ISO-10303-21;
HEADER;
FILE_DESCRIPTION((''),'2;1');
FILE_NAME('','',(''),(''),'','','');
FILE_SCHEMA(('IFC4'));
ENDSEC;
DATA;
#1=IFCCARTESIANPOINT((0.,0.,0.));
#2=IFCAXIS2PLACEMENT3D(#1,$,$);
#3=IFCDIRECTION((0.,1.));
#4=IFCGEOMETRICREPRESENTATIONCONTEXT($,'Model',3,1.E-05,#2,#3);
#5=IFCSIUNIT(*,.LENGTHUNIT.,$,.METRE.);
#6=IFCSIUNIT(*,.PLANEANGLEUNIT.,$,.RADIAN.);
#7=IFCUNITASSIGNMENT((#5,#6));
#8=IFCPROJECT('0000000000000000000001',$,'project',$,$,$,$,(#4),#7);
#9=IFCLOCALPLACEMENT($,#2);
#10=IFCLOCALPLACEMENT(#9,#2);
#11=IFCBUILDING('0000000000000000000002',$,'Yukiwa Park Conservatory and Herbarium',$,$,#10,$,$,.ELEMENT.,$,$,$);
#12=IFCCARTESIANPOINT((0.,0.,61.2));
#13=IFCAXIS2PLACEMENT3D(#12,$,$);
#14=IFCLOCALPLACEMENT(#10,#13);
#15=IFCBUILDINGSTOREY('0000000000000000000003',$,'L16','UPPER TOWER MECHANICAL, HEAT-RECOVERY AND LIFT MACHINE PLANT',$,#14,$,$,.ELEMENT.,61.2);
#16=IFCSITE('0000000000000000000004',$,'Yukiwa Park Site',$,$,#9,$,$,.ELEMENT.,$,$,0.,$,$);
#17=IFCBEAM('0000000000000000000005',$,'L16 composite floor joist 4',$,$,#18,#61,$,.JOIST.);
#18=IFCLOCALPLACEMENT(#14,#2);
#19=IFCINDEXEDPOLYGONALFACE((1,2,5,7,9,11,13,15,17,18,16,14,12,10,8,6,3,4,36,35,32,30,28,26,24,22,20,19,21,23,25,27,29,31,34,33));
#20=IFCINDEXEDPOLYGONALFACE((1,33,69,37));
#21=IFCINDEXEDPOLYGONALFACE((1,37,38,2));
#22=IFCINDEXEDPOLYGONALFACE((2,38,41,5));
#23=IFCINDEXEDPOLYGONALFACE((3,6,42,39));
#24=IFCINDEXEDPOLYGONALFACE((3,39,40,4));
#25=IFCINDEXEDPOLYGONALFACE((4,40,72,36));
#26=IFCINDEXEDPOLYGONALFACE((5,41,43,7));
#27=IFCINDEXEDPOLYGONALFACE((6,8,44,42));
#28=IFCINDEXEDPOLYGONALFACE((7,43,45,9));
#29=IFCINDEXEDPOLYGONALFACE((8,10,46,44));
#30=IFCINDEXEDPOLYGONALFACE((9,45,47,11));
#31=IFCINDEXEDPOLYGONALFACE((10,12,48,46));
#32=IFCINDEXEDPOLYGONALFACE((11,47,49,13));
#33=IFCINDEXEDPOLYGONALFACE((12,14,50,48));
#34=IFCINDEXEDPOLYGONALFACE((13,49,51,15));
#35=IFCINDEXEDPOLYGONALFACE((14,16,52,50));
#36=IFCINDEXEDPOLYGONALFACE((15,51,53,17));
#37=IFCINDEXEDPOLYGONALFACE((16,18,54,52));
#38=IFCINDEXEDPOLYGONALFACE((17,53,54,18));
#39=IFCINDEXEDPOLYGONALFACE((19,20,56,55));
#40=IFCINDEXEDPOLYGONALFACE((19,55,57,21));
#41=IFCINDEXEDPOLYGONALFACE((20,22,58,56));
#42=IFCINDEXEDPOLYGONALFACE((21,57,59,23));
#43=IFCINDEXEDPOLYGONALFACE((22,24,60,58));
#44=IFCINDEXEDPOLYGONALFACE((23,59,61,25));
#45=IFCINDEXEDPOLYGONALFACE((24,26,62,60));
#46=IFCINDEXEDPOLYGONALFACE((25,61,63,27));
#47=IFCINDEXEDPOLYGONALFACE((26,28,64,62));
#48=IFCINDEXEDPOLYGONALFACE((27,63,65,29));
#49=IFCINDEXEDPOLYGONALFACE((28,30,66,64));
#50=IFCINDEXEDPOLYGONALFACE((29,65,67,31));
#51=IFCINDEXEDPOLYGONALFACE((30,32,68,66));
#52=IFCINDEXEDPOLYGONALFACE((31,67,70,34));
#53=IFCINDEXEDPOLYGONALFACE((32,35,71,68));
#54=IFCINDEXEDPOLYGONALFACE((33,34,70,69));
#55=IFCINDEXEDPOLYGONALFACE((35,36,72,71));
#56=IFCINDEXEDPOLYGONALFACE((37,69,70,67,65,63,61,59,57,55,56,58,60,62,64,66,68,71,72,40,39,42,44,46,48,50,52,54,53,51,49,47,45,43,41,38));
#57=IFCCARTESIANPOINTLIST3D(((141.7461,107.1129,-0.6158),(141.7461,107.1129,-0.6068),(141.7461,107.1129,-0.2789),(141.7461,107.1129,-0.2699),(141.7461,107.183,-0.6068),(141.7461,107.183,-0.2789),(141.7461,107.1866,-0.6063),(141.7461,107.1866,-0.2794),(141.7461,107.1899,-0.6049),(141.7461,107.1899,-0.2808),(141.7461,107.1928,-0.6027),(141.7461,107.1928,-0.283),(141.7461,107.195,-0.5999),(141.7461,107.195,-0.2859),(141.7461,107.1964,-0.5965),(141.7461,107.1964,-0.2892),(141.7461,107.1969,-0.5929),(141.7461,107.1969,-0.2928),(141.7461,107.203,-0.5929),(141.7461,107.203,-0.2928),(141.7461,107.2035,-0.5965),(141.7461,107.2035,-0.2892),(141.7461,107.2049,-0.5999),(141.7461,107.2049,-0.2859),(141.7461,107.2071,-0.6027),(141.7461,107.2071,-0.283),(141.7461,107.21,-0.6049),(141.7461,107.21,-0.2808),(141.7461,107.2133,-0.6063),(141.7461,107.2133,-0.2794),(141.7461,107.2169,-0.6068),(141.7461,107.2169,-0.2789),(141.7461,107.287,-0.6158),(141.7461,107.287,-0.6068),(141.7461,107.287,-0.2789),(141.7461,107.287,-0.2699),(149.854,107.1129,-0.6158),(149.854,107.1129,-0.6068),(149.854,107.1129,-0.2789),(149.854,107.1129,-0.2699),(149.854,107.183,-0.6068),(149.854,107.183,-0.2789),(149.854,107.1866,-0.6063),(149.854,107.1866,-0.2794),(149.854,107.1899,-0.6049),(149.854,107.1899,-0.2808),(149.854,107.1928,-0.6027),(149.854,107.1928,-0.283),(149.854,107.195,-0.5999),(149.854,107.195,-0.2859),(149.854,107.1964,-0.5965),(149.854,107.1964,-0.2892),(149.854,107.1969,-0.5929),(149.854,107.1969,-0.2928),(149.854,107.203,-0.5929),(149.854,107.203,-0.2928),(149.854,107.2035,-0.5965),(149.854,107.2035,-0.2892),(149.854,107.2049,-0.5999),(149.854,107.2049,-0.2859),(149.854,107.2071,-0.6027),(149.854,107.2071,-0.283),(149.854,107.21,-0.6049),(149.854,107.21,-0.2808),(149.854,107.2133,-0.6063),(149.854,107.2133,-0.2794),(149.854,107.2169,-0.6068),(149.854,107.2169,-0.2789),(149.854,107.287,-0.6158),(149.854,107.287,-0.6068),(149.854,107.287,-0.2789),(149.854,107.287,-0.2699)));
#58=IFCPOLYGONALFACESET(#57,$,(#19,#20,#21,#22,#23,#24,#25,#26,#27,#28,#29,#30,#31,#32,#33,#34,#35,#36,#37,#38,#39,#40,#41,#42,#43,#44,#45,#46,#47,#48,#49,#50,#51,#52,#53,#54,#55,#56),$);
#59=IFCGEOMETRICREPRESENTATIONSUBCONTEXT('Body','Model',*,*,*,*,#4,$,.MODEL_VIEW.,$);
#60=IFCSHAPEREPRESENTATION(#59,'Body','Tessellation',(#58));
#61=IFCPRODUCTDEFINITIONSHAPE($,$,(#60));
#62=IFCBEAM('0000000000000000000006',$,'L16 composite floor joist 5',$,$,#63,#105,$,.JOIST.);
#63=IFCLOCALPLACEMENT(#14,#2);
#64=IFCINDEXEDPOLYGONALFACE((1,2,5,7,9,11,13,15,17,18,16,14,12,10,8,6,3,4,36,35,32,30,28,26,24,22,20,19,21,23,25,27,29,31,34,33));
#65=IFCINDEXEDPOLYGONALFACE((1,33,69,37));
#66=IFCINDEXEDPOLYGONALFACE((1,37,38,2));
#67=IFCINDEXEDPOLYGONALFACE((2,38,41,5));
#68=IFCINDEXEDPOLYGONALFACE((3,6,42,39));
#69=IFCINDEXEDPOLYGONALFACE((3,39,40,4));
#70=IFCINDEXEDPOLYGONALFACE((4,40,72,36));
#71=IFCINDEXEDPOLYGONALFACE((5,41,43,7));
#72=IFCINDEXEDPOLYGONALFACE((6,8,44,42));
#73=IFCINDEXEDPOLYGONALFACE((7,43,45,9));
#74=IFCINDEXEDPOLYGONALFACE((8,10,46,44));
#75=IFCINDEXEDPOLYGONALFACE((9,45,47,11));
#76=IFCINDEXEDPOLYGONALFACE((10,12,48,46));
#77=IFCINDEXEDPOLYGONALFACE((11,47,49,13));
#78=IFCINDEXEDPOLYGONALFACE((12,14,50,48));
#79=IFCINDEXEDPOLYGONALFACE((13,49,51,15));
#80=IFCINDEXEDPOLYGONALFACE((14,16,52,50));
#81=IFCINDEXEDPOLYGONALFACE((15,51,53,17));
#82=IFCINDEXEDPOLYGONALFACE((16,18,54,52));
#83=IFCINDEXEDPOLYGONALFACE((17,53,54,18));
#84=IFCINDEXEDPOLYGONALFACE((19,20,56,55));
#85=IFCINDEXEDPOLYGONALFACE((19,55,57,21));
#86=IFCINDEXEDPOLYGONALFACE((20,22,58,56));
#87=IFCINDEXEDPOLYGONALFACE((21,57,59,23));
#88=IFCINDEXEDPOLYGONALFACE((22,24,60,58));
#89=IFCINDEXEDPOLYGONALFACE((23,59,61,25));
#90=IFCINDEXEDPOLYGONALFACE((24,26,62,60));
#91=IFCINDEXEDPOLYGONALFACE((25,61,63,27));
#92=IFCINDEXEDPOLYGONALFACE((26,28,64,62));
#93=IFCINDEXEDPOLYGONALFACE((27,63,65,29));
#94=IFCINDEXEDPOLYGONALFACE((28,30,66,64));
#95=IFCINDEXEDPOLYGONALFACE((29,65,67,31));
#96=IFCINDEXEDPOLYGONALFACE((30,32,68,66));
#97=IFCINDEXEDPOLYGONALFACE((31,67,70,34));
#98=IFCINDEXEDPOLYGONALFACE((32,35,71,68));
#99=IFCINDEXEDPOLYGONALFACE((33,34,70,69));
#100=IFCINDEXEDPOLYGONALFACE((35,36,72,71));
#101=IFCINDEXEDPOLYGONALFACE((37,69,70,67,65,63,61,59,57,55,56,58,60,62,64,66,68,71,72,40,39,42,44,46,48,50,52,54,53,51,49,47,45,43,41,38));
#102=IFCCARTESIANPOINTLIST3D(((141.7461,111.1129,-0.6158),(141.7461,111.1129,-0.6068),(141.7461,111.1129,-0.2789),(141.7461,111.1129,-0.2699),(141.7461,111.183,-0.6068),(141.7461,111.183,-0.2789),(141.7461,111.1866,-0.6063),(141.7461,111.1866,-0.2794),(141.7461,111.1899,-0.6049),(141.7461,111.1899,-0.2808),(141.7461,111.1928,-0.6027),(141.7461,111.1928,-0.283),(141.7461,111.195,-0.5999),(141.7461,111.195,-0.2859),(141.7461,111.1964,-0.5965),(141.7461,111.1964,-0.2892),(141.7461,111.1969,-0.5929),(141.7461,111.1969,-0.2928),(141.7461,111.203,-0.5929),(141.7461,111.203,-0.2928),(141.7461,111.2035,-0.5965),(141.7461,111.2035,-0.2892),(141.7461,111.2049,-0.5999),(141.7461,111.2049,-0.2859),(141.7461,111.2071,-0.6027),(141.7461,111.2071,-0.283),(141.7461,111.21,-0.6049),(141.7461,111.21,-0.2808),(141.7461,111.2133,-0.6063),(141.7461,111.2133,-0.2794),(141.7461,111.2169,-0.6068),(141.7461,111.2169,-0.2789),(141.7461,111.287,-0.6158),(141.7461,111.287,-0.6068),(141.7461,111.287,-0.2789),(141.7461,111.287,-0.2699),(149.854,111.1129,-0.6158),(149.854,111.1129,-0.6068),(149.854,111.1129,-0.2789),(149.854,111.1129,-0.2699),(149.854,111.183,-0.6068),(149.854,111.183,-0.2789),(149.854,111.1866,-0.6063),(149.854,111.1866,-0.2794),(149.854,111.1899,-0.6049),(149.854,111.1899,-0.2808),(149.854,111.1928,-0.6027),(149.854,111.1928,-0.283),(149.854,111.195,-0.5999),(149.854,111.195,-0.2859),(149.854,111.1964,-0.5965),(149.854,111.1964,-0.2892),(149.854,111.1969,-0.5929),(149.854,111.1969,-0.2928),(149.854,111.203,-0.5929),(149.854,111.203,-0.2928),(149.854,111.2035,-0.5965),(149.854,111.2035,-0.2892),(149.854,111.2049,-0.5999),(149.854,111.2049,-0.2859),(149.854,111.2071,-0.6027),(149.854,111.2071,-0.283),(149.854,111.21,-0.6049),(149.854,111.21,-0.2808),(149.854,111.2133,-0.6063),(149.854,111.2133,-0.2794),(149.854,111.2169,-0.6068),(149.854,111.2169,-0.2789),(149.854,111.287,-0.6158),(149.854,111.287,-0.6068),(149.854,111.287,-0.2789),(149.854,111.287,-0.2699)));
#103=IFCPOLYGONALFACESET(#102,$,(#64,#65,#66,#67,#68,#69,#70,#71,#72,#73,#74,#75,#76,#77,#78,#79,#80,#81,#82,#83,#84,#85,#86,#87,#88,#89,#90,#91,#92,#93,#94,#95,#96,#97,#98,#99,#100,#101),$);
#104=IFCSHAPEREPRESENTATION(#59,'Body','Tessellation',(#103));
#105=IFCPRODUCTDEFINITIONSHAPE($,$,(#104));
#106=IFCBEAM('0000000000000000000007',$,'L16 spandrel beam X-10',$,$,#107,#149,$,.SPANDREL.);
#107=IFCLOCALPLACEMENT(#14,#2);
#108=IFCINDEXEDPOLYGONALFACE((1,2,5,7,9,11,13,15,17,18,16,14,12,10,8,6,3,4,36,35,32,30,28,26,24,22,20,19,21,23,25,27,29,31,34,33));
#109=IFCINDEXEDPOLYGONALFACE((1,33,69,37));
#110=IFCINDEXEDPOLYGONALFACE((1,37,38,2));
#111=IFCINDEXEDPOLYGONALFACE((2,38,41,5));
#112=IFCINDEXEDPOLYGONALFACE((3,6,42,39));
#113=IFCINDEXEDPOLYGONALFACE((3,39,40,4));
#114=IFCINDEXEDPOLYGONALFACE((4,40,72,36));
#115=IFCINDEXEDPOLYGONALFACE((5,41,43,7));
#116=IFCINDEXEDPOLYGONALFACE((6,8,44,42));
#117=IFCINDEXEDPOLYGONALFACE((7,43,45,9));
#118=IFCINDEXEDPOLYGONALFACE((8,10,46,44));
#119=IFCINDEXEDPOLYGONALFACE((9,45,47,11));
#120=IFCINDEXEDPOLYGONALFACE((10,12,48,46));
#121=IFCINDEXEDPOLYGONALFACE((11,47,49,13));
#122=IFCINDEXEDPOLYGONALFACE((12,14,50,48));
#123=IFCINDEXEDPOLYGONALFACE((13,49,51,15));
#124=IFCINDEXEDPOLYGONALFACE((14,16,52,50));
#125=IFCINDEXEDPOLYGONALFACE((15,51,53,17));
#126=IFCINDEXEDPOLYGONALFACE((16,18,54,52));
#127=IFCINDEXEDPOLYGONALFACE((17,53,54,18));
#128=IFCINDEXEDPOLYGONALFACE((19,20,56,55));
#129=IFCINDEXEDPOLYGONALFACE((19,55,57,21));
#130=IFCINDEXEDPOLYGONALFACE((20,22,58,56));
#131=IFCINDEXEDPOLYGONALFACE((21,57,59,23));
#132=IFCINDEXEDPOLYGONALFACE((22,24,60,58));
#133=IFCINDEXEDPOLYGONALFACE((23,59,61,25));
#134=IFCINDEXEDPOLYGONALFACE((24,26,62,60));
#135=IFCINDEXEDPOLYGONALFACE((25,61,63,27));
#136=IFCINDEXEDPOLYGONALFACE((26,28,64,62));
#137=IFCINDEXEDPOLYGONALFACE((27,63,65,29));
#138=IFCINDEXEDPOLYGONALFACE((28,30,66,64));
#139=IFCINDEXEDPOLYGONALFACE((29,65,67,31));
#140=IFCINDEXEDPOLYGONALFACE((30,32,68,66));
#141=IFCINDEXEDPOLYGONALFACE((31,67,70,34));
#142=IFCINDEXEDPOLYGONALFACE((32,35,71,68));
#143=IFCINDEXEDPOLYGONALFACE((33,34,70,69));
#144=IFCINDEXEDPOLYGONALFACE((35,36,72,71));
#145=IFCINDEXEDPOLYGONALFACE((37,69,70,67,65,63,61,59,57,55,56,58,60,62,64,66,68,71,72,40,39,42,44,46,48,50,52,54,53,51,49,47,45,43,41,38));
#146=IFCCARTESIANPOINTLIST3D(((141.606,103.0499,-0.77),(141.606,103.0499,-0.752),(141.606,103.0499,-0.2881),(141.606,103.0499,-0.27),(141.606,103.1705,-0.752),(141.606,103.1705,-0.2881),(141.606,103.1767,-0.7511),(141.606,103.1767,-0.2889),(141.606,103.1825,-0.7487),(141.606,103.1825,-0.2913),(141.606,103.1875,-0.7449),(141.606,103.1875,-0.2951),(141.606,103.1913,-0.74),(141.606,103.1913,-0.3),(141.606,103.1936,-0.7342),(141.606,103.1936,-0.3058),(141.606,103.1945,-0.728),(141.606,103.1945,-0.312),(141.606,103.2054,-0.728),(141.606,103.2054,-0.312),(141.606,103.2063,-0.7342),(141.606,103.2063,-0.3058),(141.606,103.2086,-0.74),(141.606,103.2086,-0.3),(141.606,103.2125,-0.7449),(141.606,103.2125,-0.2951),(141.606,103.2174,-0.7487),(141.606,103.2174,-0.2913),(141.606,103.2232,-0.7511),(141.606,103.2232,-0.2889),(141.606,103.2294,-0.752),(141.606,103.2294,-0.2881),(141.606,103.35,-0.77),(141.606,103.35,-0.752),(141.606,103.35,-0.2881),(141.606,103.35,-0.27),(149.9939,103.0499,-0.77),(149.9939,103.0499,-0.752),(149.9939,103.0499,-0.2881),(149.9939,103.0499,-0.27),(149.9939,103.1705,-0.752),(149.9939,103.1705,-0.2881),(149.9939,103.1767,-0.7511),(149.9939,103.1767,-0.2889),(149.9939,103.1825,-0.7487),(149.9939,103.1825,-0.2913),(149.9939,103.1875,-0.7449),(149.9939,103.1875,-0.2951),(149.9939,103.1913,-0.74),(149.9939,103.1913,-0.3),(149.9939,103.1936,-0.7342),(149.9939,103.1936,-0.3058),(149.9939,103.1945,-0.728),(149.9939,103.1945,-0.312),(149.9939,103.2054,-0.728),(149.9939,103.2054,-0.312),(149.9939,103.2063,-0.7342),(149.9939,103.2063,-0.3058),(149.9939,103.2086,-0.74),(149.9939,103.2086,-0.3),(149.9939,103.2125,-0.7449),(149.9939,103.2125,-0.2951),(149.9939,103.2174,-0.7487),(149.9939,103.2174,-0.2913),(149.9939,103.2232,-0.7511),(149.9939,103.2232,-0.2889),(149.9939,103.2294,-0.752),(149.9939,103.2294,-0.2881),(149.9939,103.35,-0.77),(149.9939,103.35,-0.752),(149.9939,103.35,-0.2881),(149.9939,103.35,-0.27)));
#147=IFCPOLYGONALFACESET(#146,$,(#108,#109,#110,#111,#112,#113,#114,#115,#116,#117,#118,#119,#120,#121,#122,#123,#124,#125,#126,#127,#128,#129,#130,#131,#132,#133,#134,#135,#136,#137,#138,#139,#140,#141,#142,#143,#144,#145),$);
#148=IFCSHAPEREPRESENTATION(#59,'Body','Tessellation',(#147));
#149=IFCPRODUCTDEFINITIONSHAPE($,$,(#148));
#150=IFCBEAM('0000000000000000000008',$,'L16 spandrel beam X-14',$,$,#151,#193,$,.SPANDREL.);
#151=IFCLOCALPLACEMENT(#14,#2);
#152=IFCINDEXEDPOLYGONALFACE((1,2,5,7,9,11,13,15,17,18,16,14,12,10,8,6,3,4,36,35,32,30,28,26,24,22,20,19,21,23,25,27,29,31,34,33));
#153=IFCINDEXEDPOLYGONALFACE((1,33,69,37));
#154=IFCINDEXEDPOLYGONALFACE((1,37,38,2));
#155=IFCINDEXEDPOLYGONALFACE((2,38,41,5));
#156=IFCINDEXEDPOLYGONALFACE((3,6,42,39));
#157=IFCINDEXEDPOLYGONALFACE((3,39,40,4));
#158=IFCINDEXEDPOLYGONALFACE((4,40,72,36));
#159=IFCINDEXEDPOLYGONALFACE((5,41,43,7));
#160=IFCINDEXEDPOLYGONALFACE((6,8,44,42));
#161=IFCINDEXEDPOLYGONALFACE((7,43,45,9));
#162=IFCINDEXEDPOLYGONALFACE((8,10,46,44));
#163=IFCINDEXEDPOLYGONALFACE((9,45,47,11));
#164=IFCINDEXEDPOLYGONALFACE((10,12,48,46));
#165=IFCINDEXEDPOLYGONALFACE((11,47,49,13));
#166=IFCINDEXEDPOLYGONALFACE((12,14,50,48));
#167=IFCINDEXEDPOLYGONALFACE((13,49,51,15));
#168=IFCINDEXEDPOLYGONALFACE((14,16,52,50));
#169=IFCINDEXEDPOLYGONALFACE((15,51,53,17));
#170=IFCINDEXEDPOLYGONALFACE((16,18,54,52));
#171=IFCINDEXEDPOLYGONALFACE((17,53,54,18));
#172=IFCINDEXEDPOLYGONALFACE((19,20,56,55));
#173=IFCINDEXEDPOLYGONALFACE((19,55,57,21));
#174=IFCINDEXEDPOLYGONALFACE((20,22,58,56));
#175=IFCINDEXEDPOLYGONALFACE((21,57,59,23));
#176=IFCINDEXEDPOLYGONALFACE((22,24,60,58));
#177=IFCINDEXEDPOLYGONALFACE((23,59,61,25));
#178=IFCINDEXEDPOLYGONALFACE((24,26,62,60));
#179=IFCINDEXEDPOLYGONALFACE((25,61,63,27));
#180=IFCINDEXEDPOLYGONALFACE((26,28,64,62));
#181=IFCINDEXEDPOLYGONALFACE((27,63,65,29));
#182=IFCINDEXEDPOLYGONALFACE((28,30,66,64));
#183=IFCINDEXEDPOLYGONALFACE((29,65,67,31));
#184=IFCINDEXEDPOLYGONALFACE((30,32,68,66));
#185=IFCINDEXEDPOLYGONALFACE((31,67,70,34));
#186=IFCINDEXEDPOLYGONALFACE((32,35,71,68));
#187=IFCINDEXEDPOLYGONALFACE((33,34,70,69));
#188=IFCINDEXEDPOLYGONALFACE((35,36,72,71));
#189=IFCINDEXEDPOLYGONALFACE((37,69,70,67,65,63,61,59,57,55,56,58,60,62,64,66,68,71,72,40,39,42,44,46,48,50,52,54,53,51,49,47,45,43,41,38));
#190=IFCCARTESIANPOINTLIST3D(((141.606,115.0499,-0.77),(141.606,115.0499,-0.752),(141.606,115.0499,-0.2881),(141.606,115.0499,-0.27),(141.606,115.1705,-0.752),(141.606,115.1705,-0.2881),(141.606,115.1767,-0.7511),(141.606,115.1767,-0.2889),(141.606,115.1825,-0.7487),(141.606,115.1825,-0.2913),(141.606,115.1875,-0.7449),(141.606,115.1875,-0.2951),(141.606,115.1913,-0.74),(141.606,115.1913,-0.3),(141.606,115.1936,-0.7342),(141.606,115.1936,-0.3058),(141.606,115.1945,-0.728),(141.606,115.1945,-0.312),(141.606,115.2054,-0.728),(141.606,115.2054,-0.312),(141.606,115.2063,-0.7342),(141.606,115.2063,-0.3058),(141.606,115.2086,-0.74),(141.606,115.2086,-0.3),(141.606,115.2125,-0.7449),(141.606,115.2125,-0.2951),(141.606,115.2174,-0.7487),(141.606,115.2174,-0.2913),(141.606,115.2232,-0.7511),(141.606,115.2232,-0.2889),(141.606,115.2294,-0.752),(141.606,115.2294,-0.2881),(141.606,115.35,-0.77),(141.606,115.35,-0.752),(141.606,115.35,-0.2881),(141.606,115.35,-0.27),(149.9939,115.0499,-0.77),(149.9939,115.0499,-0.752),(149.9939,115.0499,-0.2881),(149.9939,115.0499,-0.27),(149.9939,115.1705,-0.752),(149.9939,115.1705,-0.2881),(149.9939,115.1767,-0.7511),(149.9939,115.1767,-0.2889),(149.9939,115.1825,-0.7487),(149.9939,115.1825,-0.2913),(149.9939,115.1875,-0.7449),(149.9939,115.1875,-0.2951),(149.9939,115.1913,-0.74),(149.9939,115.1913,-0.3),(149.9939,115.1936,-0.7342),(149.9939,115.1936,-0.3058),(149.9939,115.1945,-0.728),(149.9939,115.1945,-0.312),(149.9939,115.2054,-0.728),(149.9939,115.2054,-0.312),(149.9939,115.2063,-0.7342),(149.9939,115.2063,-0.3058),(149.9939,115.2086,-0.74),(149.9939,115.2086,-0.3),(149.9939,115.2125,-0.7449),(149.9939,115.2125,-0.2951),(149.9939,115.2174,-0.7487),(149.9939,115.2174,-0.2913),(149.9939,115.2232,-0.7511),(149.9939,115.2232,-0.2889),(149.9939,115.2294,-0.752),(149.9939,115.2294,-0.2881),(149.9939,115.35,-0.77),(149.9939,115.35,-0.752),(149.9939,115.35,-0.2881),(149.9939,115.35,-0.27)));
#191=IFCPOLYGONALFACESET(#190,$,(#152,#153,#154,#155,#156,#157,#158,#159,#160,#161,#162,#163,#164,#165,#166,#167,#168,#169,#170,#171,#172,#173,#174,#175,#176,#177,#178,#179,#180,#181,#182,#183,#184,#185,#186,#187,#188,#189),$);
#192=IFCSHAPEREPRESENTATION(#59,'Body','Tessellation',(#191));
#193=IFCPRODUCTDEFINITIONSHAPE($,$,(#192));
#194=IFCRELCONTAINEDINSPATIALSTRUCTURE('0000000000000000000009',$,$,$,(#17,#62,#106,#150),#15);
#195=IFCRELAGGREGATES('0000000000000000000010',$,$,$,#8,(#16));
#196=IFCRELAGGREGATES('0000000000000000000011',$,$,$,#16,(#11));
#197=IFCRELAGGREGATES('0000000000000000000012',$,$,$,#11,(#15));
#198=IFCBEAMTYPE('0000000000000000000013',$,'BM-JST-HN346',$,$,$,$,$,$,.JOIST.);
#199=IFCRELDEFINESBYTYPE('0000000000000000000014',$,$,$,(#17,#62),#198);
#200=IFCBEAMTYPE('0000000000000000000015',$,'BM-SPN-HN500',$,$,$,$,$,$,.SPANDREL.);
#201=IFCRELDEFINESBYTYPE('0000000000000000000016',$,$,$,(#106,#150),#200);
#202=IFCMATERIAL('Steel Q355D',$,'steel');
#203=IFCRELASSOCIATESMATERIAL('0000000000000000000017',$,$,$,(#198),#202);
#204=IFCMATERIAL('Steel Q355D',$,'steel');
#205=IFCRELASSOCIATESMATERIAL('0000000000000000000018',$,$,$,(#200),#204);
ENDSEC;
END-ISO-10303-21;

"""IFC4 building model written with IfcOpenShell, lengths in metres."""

from ifc_helpers import new_model, si_unit, direction, frame, origin, origin_2d, place, context, subcontext, project, spatial, i_section, extrude, material, material_profile, profile_set, type_object, element, save


model = new_model("IFC4")

# Units and contexts
model_context = context("Model", 3, precision=1e-05, world=origin(), true_north=direction((0.0, 1.0)))
body_context = subcontext(model_context, "Body", "Model", "MODEL_VIEW")
ifc_project = project(units=[si_unit("LENGTHUNIT", "METRE"), si_unit("PLANEANGLEUNIT", "RADIAN")], contexts=[model_context])

# Site, building, storey
site_placement = place(None, origin())
site = spatial("IfcSite", under=ifc_project, at=site_placement, Name="Yukiwa Park Site", CompositionType="ELEMENT", RefElevation=0.0)
building_placement = place(site_placement, origin())
building = spatial("IfcBuilding", under=site, at=building_placement, Name="Yukiwa Park Conservatory and Herbarium", CompositionType="ELEMENT")
storey_placement = place(building_placement, frame((0.0, 0.0, 61.2)))
storey = spatial("IfcBuildingStorey", under=building, at=storey_placement, Name="L16", Description="UPPER TOWER MECHANICAL, HEAT-RECOVERY AND LIFT MACHINE PLANT", CompositionType="ELEMENT", Elevation=61.2)

# Beams
ifc_material_1 = material(Name="Steel Q355D", Category="steel")
ifc_material_profile_1 = material_profile(ifc_material_1, i_section(OverallWidth=0.1741, OverallDepth=0.3459, WebThickness=0.0061, FlangeThickness=0.009, FilletRadius=0.0139, at=origin_2d()), Name="HN 346x174x6x9")
ifc_profile_set_1 = profile_set([ifc_material_profile_1], Name="Steel Q355D")
beam_type_1 = type_object("IfcBeamType", Name="BM-JST-HN346", PredefinedType="JOIST", material=ifc_profile_set_1)
for number, where, z_axis, x_axis, name in (
    (1, (141.7461, 107.2, -0.4429), (1.0, 0.0, 0.0), (0.0, 1.0, 0.0), "L16 composite floor joist 4"),
    (2, (141.7461, 111.2, -0.4429), (1.0, 0.0, 0.0), (0.0, 1.0, 0.0), "L16 composite floor joist 5"),
):
    element("IfcBeam", number, at=place(storey_placement, frame(where, z_axis=z_axis, x_axis=x_axis)), inside=storey, type_object=beam_type_1, Name=name, PredefinedType="JOIST", context=body_context, shape_type="SweptSolid", body=[
        extrude(i_section(OverallWidth=0.1741, OverallDepth=0.3459, WebThickness=0.0061, FlangeThickness=0.009, FilletRadius=0.0139, at=origin_2d()), origin(), (0.0, 0.0, 1.0), 8.1079),
    ])
ifc_material_2 = material(Name="Steel Q355D", Category="steel")
ifc_material_profile_2 = material_profile(ifc_material_2, i_section(OverallWidth=0.3, OverallDepth=0.5, WebThickness=0.011, FlangeThickness=0.0181, FilletRadius=0.0239, at=origin_2d()), Name="HM 500x300x11x18")
ifc_profile_set_2 = profile_set([ifc_material_profile_2], Name="Steel Q355D")
beam_type_2 = type_object("IfcBeamType", Name="BM-SPN-HN500", PredefinedType="SPANDREL", material=ifc_profile_set_2)
for number, where, z_axis, x_axis, name in (
    (3, (141.606, 103.2, -0.52), (1.0, 0.0, 0.0), (0.0, 1.0, 0.0), "L16 spandrel beam X-10"),
    (4, (141.606, 115.2, -0.52), (1.0, 0.0, 0.0), (0.0, 1.0, 0.0), "L16 spandrel beam X-14"),
):
    element("IfcBeam", number, at=place(storey_placement, frame(where, z_axis=z_axis, x_axis=x_axis)), inside=storey, type_object=beam_type_2, Name=name, PredefinedType="SPANDREL", context=body_context, shape_type="SweptSolid", body=[
        extrude(i_section(OverallWidth=0.3, OverallDepth=0.5, WebThickness=0.011, FlangeThickness=0.0181, FilletRadius=0.0239, at=origin_2d()), origin(), (0.0, 0.0, 1.0), 8.3879),
    ])

save(model, "model.ifc")
